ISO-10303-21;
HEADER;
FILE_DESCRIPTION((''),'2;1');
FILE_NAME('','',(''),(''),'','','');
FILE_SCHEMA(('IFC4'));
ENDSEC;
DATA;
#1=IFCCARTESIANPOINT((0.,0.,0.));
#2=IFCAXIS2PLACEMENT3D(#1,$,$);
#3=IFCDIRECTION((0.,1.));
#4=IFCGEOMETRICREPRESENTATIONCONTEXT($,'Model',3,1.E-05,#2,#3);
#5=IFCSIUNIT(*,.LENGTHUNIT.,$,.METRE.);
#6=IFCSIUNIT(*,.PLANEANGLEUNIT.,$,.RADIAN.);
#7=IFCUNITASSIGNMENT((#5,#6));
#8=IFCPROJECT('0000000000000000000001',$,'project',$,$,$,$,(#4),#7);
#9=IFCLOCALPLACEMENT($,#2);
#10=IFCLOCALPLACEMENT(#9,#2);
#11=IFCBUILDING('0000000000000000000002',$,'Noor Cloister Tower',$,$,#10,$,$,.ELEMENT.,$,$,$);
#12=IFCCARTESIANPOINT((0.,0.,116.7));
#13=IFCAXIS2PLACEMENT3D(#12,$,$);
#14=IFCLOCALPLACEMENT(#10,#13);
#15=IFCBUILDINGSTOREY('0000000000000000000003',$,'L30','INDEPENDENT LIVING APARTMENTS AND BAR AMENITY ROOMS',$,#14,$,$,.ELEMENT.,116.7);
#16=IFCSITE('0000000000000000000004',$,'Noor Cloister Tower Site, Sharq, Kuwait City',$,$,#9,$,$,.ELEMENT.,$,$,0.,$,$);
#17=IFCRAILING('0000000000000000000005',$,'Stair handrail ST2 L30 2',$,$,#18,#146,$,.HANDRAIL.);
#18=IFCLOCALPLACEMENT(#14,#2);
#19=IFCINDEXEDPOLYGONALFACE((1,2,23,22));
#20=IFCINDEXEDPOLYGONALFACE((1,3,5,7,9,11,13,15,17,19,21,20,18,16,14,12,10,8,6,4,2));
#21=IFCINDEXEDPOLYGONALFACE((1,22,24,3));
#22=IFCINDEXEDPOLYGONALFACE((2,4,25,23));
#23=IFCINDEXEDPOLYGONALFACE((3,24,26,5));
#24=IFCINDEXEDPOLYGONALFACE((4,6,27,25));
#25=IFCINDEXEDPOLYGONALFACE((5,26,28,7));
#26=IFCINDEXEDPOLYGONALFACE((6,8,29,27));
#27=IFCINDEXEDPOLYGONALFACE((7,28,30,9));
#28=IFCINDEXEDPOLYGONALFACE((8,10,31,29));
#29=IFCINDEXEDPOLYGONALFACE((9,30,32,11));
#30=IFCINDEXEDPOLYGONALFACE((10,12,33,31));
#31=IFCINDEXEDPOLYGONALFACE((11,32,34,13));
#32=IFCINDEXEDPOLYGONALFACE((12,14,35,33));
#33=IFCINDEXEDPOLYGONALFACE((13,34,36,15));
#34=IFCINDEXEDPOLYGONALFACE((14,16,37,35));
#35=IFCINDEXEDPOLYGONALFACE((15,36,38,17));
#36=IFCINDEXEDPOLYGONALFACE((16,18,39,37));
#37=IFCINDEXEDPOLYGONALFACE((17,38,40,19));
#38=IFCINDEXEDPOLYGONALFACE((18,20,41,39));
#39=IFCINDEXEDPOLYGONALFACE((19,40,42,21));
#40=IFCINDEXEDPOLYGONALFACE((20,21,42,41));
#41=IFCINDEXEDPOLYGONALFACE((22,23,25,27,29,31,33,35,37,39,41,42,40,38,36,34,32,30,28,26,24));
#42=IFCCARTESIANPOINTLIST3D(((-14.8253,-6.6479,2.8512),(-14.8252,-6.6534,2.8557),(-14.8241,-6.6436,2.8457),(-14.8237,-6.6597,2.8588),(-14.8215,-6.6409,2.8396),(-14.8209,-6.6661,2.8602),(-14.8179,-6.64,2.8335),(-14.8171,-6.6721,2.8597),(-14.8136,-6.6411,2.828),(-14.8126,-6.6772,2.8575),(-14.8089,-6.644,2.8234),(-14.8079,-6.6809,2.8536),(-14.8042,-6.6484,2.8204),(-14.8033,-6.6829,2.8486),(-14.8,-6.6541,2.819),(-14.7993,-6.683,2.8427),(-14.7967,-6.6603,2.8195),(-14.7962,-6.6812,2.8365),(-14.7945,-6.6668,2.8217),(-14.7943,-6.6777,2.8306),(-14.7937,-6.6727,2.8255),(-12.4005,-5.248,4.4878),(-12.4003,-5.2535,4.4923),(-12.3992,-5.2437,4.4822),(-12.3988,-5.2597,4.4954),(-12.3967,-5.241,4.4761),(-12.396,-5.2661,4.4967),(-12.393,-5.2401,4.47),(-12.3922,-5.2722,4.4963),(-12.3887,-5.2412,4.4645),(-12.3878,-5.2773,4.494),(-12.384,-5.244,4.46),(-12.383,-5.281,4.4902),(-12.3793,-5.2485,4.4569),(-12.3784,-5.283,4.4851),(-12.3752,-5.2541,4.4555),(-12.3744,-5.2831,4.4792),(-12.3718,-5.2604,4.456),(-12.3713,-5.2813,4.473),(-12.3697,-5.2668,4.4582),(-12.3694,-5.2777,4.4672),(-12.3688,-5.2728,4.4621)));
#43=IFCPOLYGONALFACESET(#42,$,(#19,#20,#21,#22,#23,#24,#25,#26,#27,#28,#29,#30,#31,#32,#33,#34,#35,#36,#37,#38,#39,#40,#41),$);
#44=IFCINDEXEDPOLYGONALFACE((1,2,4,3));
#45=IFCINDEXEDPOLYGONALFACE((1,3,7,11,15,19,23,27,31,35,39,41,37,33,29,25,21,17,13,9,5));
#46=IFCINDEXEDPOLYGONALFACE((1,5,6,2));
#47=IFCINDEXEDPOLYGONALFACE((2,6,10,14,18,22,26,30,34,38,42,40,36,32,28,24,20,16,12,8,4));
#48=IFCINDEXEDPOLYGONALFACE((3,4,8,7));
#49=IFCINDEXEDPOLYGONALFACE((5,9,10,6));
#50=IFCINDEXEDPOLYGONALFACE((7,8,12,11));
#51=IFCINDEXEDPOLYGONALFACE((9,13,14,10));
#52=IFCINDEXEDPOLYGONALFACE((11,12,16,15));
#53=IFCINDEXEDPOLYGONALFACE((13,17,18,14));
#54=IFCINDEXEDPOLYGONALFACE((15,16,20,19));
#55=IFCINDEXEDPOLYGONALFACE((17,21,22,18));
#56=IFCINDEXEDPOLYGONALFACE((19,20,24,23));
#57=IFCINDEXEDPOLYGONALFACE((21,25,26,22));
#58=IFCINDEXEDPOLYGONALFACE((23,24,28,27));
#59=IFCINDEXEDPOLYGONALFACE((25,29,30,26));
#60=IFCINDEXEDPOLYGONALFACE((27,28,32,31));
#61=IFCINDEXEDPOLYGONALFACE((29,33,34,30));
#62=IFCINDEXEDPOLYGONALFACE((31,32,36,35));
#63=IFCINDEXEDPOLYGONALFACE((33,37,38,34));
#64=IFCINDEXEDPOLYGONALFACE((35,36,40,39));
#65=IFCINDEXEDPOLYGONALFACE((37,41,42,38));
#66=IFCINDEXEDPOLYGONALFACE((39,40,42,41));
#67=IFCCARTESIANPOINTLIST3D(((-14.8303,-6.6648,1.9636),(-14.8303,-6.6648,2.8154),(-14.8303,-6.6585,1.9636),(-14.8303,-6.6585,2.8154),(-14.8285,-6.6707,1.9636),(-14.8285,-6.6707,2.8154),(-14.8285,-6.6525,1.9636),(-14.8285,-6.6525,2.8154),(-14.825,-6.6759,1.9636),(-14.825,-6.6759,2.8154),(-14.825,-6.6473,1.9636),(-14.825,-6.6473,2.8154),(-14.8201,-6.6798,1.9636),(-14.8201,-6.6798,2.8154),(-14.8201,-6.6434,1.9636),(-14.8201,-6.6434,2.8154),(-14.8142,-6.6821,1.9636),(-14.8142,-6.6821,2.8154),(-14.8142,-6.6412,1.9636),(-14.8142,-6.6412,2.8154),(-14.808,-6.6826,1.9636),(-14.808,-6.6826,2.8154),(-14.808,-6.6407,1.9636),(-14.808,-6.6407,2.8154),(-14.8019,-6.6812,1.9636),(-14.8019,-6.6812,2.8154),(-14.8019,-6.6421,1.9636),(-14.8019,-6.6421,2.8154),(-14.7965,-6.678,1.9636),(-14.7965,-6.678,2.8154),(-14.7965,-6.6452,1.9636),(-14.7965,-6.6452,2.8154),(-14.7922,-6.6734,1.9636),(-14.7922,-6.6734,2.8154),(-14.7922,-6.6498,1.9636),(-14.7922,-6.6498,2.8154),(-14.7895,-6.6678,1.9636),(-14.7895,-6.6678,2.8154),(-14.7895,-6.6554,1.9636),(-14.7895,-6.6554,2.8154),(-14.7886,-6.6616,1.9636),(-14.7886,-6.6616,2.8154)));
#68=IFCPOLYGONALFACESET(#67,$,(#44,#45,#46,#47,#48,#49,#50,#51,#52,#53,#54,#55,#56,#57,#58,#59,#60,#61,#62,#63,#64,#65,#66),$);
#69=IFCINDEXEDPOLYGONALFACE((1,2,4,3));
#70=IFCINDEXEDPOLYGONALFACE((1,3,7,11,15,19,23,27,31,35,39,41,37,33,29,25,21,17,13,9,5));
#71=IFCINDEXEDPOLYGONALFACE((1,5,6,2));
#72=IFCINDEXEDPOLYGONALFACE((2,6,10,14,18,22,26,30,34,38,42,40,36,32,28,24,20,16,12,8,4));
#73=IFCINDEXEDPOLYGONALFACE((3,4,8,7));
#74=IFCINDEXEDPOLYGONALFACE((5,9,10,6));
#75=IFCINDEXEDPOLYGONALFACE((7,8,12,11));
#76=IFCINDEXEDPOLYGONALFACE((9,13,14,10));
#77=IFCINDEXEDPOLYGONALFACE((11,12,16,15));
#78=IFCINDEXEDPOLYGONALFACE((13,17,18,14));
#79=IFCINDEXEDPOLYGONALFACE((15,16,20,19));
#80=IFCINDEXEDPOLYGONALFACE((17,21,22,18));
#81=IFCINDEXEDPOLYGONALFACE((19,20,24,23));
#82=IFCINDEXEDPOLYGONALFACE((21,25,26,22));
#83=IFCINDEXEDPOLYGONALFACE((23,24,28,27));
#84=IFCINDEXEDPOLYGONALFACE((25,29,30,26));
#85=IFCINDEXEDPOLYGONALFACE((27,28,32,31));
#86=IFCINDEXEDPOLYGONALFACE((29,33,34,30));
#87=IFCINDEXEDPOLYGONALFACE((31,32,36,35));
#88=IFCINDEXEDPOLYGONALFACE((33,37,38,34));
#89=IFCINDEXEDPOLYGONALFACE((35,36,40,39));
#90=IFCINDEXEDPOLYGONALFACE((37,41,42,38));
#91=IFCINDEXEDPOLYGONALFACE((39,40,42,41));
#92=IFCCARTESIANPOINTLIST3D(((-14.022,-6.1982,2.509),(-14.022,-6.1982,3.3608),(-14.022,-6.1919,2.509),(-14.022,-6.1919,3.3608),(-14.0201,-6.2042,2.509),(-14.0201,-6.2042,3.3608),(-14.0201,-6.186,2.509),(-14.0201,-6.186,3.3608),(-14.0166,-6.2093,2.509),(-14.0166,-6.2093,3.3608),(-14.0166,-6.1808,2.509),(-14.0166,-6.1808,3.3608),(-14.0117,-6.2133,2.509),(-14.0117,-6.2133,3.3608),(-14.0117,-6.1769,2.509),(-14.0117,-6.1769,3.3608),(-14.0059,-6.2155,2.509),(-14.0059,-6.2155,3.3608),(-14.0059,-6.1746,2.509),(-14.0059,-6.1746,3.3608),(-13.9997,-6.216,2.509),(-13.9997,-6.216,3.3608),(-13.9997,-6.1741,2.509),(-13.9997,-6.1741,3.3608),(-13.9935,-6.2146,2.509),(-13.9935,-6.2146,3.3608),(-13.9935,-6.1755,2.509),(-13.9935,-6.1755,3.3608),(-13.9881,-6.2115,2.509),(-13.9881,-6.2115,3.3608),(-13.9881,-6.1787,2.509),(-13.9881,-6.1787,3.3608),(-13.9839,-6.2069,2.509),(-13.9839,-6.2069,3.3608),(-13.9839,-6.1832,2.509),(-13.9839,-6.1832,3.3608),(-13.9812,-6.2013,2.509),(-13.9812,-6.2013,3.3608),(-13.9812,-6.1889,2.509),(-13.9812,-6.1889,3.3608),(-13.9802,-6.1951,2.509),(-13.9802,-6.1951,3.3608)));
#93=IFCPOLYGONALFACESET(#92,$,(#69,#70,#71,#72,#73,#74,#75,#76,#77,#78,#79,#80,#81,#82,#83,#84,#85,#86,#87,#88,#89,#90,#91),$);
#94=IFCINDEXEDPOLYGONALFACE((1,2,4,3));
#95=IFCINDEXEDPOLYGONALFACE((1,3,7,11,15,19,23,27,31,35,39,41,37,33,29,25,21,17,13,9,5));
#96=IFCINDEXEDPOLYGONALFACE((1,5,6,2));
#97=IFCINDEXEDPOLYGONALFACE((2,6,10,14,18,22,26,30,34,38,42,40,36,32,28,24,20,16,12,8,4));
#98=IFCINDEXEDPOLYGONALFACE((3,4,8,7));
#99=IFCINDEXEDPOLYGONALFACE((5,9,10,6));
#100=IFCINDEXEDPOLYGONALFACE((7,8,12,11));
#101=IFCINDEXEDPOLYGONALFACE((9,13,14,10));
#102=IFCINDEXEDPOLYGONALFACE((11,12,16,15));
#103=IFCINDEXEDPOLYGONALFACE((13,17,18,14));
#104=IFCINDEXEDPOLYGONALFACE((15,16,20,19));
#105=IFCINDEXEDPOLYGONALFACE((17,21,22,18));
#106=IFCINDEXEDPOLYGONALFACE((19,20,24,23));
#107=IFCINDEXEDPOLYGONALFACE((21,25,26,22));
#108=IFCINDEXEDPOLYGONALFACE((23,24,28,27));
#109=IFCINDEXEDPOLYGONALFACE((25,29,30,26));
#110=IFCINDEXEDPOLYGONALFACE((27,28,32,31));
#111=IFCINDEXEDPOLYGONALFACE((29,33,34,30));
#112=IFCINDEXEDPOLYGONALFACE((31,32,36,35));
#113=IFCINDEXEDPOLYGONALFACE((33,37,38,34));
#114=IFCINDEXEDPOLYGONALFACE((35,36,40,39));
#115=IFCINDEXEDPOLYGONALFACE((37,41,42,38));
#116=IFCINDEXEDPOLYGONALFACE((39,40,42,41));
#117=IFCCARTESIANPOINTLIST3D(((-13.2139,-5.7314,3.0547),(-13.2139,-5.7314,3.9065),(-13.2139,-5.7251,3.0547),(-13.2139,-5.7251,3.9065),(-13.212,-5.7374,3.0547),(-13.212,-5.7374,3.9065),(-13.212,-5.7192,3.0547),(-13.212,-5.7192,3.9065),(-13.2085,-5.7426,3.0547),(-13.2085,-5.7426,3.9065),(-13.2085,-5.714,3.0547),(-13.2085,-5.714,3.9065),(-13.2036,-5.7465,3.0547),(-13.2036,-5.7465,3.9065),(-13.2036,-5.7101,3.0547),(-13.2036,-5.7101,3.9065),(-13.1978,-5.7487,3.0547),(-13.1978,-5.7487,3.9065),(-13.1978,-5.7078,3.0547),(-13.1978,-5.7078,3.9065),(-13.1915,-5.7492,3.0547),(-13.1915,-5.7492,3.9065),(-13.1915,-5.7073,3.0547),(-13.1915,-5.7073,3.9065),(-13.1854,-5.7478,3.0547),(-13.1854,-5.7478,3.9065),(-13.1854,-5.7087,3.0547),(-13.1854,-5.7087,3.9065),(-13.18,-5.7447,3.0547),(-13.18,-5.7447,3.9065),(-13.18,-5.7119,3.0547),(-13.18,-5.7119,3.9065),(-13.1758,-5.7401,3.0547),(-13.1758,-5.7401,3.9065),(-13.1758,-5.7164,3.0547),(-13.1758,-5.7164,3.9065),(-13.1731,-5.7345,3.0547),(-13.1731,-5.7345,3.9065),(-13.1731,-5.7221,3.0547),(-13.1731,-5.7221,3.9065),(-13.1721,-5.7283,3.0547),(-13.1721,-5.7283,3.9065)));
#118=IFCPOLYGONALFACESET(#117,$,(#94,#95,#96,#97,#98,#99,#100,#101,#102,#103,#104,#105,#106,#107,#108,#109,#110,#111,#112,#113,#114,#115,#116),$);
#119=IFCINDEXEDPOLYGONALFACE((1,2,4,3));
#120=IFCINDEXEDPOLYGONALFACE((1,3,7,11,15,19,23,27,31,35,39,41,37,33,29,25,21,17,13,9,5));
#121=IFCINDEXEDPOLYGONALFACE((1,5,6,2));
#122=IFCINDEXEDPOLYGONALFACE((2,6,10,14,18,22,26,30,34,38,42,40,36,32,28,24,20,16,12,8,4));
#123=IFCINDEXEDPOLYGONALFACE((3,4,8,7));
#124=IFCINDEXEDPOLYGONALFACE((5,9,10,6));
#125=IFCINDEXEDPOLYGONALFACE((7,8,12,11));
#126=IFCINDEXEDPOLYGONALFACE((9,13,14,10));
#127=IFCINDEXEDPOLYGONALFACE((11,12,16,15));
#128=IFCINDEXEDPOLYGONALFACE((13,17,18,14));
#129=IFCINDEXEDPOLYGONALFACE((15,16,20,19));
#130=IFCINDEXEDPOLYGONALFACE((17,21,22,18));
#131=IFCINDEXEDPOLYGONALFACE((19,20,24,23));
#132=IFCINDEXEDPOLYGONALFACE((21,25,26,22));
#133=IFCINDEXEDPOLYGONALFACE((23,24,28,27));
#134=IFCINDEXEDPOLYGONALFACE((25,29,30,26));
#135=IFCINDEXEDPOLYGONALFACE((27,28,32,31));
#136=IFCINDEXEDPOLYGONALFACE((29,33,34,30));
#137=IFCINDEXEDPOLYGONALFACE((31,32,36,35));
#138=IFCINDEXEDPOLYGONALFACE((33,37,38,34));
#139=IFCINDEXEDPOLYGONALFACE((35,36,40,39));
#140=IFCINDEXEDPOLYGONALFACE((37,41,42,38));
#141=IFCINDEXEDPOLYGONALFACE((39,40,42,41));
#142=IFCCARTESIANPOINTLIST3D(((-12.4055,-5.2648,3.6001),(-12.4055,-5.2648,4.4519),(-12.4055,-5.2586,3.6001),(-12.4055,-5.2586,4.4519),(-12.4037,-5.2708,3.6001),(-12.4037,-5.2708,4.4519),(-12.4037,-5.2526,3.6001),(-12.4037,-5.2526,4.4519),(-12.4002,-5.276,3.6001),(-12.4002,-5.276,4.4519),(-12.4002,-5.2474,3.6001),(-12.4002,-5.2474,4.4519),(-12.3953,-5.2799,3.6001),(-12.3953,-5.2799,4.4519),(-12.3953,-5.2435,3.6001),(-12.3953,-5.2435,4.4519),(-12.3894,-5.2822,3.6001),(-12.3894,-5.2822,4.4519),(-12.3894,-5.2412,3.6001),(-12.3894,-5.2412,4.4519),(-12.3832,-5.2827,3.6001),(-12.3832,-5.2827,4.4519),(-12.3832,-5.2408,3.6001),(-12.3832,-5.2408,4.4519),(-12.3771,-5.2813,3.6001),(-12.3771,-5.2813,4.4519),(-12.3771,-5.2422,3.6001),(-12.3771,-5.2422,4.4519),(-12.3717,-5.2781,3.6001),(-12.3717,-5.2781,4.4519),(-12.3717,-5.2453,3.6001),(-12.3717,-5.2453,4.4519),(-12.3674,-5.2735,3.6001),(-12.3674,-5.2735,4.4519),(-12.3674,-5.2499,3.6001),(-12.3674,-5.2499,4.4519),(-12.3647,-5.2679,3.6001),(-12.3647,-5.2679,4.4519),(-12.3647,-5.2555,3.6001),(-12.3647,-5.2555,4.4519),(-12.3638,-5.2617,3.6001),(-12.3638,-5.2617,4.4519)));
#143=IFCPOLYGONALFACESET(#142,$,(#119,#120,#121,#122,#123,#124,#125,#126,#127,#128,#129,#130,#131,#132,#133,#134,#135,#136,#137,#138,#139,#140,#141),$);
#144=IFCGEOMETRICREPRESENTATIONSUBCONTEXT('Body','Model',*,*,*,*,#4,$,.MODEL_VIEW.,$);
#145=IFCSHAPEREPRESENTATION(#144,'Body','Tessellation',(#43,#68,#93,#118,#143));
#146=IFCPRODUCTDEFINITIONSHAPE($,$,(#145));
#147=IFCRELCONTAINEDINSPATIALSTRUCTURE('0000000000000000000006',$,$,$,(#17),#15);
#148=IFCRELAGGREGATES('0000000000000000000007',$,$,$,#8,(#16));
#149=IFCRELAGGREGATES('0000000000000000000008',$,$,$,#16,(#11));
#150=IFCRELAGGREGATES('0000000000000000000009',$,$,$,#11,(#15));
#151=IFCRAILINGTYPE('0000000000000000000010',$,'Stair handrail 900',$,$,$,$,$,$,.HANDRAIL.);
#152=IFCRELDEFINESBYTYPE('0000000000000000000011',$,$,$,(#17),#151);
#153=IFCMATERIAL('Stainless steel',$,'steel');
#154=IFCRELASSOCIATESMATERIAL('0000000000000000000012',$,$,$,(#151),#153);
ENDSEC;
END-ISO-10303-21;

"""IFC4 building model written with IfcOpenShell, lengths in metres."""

from ifc_helpers import new_model, si_unit, direction, frame, origin, origin_2d, place, context, subcontext, project, spatial, circle, extrude, material, type_object, element, save


model = new_model("IFC4")

# Units and contexts
model_context = context("Model", 3, precision=1e-05, world=origin(), true_north=direction((0.0, 1.0)))
body_context = subcontext(model_context, "Body", "Model", "MODEL_VIEW")
ifc_project = project(units=[si_unit("LENGTHUNIT", "METRE"), si_unit("PLANEANGLEUNIT", "RADIAN")], contexts=[model_context])

# Site, building, storey
site_placement = place(None, origin())
site = spatial("IfcSite", under=ifc_project, at=site_placement, Name="Noor Cloister Tower Site, Sharq, Kuwait City", CompositionType="ELEMENT", RefElevation=0.0)
building_placement = place(site_placement, origin())
building = spatial("IfcBuilding", under=site, at=building_placement, Name="Noor Cloister Tower", CompositionType="ELEMENT")
storey_placement = place(building_placement, frame((0.0, 0.0, 116.7)))
storey = spatial("IfcBuildingStorey", under=building, at=storey_placement, Name="L30", Description="INDEPENDENT LIVING APARTMENTS AND BAR AMENITY ROOMS", CompositionType="ELEMENT", Elevation=116.7)

# Railing
ifc_material_1 = material(Name="Stainless steel", Category="steel")
railing_type_1 = type_object("IfcRailingType", Name="Stair handrail 900", PredefinedType="HANDRAIL", material=ifc_material_1)
railing_1_placement = place(storey_placement, frame((-14.8096, -6.6616, 1.9636)))
element("IfcRailing", 1, at=railing_1_placement, inside=storey, type_object=railing_type_1, Name="Stair handrail ST2 L30 2", PredefinedType="HANDRAIL", context=body_context, shape_type="SweptSolid", body=[
    extrude(circle(Radius=0.0239, at=origin_2d()), frame((0.0, 0.0, 0.876), z_axis=(0.74769, 0.431661, 0.504608), x_axis=(-0.499984, 0.866035, 0.0)), (0.0, 0.0, 1.0), 3.2432),
    extrude(circle(Radius=0.021, at=origin_2d()), origin(), (0.0, 0.0, 1.0), 0.8518),
    extrude(circle(Radius=0.021, at=origin_2d()), frame((0.8083, 0.4666, 0.5454)), (0.0, 0.0, 1.0), 0.8518),
    extrude(circle(Radius=0.021, at=origin_2d()), frame((1.6165, 0.9333, 1.0911)), (0.0, 0.0, 1.0), 0.8518),
    extrude(circle(Radius=0.021, at=origin_2d()), frame((2.4248, 1.3999, 1.6365)), (0.0, 0.0, 1.0), 0.8518),
])

save(model, "model.ifc")
